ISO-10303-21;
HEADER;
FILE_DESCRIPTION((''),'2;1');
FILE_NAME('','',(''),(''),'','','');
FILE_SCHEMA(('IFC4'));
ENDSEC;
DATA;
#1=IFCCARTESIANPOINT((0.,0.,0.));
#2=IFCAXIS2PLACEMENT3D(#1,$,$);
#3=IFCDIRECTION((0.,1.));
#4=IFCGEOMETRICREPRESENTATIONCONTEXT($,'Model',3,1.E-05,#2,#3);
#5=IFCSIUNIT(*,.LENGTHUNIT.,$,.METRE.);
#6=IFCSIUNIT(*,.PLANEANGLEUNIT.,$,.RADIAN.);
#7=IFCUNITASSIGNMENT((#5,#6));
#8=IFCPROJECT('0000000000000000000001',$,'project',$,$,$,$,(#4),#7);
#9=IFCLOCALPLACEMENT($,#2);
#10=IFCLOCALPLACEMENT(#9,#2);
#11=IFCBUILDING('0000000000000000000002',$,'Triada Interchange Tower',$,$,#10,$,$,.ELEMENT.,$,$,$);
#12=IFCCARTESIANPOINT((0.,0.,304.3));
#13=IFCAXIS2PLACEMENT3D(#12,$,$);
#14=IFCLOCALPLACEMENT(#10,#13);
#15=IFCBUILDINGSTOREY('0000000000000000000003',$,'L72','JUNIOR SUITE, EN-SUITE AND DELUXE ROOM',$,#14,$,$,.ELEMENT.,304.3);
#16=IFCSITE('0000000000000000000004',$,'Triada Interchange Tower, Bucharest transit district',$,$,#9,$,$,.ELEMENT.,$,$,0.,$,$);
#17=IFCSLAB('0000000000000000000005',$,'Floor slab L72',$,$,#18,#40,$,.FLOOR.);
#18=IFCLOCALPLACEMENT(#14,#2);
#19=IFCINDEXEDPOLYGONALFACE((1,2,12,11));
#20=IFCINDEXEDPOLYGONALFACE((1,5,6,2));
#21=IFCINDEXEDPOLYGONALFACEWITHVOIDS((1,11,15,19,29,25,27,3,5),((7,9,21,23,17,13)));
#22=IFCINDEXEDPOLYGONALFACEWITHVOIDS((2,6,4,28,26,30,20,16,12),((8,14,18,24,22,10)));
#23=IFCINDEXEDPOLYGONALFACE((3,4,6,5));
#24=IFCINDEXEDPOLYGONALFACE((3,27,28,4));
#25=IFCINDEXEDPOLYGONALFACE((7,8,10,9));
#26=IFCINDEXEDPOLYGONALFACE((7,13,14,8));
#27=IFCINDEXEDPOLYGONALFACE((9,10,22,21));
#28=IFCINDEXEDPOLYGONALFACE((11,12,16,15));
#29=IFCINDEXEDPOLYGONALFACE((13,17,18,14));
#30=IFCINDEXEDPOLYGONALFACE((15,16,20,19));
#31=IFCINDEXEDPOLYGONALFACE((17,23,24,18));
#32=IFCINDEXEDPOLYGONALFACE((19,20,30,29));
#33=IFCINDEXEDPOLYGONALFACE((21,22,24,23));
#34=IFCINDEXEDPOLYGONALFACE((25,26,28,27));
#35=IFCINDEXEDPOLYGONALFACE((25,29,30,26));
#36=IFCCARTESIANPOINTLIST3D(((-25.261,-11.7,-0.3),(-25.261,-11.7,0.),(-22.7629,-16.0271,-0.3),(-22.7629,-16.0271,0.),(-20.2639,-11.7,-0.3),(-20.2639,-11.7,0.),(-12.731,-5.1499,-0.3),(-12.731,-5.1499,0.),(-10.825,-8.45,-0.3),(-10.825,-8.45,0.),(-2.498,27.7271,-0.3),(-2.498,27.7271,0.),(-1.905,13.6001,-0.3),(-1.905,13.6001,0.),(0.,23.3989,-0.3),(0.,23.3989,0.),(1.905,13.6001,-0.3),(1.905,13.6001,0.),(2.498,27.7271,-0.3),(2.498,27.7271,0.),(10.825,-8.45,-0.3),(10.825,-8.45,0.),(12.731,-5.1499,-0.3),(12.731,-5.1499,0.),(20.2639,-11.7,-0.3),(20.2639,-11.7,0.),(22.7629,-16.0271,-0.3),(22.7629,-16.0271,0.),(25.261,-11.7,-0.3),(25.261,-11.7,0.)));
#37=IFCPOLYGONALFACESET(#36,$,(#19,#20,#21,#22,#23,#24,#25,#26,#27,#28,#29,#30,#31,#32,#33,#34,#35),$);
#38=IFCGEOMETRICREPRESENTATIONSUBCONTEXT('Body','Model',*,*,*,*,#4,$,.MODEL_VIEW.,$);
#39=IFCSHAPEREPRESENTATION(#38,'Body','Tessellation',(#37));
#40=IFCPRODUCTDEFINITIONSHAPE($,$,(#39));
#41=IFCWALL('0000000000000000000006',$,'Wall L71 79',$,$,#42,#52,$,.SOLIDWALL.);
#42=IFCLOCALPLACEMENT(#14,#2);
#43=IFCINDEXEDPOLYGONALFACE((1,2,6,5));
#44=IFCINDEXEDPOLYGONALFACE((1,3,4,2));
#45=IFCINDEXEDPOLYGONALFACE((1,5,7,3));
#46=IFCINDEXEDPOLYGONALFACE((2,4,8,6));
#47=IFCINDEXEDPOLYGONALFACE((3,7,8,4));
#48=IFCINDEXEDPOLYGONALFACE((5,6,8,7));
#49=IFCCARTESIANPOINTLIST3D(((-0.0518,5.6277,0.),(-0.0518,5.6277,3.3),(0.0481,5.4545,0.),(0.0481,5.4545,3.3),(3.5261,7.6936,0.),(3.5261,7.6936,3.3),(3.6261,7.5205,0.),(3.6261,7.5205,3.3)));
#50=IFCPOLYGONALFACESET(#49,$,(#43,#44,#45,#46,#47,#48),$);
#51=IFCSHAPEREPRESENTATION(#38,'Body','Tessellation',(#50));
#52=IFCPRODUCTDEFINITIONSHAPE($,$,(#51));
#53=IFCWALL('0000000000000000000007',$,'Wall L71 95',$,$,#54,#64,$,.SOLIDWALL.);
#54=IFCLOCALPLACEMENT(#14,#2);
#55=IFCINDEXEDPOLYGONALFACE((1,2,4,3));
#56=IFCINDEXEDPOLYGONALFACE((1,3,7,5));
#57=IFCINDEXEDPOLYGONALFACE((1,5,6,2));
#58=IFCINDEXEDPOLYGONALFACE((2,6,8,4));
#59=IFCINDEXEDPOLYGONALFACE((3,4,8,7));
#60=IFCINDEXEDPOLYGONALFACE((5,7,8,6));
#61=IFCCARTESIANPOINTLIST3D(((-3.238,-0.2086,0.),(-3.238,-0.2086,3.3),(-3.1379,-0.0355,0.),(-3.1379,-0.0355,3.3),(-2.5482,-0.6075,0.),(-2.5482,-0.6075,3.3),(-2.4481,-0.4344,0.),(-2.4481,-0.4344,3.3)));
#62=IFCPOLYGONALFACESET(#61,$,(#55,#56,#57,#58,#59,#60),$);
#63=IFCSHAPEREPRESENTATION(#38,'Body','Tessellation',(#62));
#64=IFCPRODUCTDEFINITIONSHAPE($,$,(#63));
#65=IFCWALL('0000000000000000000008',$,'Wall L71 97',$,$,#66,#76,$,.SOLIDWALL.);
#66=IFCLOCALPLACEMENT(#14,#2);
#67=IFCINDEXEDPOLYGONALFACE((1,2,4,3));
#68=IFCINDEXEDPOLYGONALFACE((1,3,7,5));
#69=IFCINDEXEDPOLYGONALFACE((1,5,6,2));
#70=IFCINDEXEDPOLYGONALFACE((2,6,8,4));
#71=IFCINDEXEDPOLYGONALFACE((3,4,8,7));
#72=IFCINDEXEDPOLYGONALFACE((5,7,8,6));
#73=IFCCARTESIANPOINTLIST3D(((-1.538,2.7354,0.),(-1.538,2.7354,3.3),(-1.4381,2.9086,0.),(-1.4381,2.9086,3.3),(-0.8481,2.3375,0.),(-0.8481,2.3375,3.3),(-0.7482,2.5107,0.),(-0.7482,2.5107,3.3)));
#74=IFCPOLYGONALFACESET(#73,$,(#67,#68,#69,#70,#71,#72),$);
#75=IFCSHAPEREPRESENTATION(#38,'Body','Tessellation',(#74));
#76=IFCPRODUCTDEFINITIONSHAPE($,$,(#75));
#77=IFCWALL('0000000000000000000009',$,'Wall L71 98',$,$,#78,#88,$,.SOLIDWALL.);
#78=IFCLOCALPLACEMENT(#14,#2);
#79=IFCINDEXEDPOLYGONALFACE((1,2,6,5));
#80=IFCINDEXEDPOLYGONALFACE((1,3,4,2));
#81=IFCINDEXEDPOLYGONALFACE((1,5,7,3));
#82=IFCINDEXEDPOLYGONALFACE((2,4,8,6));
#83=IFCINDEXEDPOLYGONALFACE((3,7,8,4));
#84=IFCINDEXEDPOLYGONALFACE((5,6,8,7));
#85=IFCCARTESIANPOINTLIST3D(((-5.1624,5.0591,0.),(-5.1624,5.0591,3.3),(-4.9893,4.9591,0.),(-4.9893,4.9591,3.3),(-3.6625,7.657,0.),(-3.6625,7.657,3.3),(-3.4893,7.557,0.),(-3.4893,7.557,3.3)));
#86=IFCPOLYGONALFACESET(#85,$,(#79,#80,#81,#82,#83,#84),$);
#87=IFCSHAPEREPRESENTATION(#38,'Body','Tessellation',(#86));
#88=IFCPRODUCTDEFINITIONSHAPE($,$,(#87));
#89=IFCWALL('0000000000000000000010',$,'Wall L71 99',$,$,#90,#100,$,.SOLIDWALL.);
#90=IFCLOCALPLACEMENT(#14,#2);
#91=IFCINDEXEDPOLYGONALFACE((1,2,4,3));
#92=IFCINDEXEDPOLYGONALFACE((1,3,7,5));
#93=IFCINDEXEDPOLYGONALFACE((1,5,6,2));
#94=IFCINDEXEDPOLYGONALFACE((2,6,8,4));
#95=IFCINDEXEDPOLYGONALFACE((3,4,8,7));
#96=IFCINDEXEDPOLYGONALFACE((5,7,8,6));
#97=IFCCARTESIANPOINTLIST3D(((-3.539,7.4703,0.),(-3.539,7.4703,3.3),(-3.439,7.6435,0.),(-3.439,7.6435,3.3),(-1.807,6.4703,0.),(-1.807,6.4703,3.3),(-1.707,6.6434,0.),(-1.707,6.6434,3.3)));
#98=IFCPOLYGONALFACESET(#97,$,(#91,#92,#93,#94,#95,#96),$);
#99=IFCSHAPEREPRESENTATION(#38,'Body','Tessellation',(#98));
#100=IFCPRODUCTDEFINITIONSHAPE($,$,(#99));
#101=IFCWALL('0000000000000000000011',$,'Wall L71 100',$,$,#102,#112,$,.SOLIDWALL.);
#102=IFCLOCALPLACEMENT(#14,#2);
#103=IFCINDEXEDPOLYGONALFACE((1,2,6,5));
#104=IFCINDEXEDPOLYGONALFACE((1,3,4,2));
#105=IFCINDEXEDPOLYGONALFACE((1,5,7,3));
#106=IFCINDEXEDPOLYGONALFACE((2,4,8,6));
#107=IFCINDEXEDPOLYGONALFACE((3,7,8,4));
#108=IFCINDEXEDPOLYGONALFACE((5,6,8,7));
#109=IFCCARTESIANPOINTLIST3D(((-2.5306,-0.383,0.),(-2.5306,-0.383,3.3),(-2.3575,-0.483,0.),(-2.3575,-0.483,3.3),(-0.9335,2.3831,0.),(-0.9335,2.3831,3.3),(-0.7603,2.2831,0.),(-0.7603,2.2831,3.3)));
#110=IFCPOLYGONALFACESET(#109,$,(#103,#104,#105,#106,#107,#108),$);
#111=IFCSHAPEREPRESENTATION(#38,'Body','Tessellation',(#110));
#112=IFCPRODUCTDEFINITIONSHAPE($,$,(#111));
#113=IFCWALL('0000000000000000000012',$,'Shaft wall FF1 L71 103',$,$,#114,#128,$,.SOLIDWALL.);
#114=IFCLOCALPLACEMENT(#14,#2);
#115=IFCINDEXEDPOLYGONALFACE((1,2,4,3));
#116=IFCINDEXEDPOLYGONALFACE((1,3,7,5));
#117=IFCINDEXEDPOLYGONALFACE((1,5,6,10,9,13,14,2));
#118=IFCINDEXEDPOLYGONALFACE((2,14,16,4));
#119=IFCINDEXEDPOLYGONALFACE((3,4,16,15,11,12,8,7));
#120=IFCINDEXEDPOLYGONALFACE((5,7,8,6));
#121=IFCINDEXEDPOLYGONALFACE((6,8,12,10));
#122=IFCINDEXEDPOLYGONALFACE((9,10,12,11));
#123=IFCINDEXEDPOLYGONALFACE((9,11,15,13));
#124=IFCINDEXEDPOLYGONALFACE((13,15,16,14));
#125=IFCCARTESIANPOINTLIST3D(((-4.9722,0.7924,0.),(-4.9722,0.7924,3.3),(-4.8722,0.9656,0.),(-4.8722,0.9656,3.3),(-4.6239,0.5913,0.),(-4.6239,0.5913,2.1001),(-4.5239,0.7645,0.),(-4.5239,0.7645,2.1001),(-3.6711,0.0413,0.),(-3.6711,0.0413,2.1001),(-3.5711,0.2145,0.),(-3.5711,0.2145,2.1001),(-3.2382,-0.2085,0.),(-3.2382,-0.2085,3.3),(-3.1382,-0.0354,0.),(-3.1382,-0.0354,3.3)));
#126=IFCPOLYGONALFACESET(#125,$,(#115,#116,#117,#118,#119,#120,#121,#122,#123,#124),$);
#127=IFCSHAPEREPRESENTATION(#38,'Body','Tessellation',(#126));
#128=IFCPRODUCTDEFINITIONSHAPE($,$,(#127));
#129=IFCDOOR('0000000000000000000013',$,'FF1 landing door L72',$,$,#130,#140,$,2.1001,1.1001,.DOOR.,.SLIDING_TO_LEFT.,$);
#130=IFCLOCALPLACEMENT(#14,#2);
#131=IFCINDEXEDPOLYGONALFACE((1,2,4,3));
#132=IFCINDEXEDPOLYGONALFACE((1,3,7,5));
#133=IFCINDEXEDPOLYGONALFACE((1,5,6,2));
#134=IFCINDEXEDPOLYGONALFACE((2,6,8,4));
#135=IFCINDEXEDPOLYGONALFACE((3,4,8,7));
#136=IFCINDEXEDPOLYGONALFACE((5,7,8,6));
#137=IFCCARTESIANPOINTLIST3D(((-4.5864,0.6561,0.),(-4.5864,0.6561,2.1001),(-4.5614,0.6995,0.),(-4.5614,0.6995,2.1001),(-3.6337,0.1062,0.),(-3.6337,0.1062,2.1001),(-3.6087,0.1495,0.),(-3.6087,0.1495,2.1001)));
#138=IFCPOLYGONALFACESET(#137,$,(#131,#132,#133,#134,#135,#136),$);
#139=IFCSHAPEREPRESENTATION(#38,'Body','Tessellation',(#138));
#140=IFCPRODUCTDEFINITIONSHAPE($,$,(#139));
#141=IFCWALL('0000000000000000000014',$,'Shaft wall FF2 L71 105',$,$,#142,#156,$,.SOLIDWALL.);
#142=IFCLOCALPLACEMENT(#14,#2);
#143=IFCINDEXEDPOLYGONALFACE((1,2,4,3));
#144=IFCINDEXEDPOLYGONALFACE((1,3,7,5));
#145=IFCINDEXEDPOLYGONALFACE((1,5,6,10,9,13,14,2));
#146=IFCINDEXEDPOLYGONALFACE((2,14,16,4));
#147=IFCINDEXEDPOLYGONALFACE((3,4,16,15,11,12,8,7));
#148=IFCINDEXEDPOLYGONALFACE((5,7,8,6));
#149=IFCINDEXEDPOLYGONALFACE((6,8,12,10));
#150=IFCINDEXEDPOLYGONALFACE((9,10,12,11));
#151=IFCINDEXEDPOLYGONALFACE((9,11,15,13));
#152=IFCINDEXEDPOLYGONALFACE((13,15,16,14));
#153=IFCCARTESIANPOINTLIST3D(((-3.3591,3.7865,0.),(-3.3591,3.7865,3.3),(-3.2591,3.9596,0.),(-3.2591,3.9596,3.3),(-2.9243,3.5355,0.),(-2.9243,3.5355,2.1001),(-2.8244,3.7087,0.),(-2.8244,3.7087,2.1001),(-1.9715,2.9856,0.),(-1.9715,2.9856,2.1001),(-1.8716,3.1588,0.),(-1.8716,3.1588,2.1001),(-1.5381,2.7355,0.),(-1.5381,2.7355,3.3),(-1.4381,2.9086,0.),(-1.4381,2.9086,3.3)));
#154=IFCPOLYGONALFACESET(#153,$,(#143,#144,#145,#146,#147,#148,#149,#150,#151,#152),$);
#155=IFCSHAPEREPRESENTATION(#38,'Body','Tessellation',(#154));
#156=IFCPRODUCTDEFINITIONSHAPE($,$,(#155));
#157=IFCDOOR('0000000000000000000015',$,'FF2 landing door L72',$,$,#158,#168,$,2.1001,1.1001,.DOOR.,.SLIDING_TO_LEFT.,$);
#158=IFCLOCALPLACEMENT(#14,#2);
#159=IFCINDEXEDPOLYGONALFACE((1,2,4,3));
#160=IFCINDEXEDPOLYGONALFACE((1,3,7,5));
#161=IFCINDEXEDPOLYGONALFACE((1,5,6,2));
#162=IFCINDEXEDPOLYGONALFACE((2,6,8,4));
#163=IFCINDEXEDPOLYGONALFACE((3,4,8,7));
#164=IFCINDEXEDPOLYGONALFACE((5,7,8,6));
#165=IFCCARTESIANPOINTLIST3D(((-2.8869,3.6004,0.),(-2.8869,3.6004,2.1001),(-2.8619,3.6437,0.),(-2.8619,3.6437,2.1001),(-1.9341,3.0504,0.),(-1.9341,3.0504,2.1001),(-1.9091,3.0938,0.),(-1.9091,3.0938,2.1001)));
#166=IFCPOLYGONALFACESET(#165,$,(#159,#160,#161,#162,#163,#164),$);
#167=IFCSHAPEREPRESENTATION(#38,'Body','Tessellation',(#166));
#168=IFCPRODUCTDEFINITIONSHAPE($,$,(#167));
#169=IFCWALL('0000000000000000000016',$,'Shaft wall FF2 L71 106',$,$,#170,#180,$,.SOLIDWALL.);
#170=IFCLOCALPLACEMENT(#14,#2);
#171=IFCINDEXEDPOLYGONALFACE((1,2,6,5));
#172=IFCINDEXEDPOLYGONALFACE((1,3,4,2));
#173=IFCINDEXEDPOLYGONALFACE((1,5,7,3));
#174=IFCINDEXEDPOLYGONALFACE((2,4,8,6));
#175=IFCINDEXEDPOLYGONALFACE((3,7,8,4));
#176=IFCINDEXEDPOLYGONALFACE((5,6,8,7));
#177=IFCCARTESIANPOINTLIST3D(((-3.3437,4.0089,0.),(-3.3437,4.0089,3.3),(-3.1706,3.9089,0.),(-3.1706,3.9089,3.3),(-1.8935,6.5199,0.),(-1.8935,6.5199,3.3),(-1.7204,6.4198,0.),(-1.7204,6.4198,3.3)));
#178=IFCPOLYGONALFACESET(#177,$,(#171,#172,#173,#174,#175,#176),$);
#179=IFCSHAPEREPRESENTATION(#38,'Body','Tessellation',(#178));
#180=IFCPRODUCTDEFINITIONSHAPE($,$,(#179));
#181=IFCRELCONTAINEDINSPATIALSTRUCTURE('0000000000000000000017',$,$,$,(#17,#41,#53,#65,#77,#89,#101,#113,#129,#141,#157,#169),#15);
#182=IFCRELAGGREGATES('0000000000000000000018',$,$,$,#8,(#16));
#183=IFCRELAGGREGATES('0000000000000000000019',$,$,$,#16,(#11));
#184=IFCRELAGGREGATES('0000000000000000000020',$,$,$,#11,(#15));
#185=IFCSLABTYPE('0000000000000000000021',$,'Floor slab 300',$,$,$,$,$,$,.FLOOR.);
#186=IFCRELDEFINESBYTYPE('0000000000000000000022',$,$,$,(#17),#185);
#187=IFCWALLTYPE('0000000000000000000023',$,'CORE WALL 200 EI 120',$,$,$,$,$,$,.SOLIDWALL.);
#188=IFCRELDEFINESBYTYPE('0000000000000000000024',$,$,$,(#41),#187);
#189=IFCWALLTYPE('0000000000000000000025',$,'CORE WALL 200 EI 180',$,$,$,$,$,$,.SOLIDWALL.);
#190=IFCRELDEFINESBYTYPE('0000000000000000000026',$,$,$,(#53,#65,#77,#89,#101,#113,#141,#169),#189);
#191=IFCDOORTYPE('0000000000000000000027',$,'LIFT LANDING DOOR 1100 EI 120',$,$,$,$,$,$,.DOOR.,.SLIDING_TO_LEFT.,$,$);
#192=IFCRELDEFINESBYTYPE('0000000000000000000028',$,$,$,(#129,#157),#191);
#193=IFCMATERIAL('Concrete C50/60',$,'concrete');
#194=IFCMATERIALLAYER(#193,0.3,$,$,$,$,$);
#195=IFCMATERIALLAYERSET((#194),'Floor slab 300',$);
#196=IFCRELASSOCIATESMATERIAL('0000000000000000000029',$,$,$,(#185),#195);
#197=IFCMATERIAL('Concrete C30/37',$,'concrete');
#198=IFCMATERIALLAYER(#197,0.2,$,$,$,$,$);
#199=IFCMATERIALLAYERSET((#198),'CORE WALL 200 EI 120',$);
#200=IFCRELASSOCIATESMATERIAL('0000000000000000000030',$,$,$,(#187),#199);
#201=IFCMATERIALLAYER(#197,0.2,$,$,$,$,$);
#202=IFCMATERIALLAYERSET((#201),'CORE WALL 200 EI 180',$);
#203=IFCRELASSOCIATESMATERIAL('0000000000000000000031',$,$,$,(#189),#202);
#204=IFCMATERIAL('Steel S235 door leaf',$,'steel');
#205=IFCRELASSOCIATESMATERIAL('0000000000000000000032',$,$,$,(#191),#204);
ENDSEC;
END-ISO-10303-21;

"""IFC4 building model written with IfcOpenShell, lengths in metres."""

from ifc_helpers import new_model, si_unit, direction, frame, frame_2d, origin, place, context, subcontext, project, spatial, polyline, rectangle, outline, extrude, material, layer, layer_set, type_object, element, fill, save


model = new_model("IFC4")

# Units and contexts
model_context = context("Model", 3, precision=1e-05, world=origin(), true_north=direction((0.0, 1.0)))
body_context = subcontext(model_context, "Body", "Model", "MODEL_VIEW")
ifc_project = project(units=[si_unit("LENGTHUNIT", "METRE"), si_unit("PLANEANGLEUNIT", "RADIAN")], contexts=[model_context])

# Site, building, storey
site_placement = place(None, origin())
site = spatial("IfcSite", under=ifc_project, at=site_placement, Name="Triada Interchange Tower, Bucharest transit district", CompositionType="ELEMENT", RefElevation=0.0)
building_placement = place(site_placement, origin())
building = spatial("IfcBuilding", under=site, at=building_placement, Name="Triada Interchange Tower", CompositionType="ELEMENT")
storey_placement = place(building_placement, frame((0.0, 0.0, 304.3)))
storey = spatial("IfcBuildingStorey", under=building, at=storey_placement, Name="L72", Description="JUNIOR SUITE, EN-SUITE AND DELUXE ROOM", CompositionType="ELEMENT", Elevation=304.3)

# Slab
ifc_material_1 = material(Name="Concrete C50/60", Category="concrete")
ifc_layer_1 = layer(ifc_material_1, 0.3)
ifc_layer_set_1 = layer_set([ifc_layer_1], Name="Floor slab 300")
slab_type = type_object("IfcSlabType", Name="Floor slab 300", PredefinedType="FLOOR", material=ifc_layer_set_1)
slab_placement = place(storey_placement, frame((0.0, 0.0, -0.3)))
element("IfcSlab", 1, at=slab_placement, inside=storey, type_object=slab_type, Name="Floor slab L72", PredefinedType="FLOOR", context=body_context, shape_type="SweptSolid", body=[
    extrude(outline(polyline([(-2.498, 27.7271), (-25.261, -11.7), (-20.2639, -11.7), (-22.7629, -16.0271), (22.7629, -16.0271), (20.2639, -11.7), (25.261, -11.7), (2.498, 27.7271), (0.0, 23.3989), (-2.498, 27.7271)]), holes=[polyline([(1.905, 13.6001), (-1.905, 13.6001), (-12.731, -5.1499), (-10.825, -8.45), (10.825, -8.45), (12.731, -5.1499), (1.905, 13.6001)])]), origin(), (0.0, 0.0, 1.0), 0.3),
])

# Walls
ifc_material_2 = material(Name="Concrete C30/37", Category="concrete")
ifc_layer_2 = layer(ifc_material_2, 0.2)
ifc_layer_set_2 = layer_set([ifc_layer_2], Name="CORE WALL 200 EI 120")
wall_type_1 = type_object("IfcWallType", Name="CORE WALL 200 EI 120", PredefinedType="SOLIDWALL", material=ifc_layer_set_2)
wall_1_placement = place(storey_placement, frame((-0.002, 5.541, 0.0), z_axis=(0.0, 0.0, 1.0), x_axis=(0.866002, 0.500041, 0.0)))
element("IfcWall", 2, at=wall_1_placement, inside=storey, type_object=wall_type_1, Name="Wall L71 79", PredefinedType="SOLIDWALL", context=body_context, shape_type="SweptSolid", body=[
    extrude(rectangle(XDim=4.1316, YDim=0.2, at=frame_2d((2.0659, 0.0))), origin(), (0.0, 0.0, 1.0), 3.3),
])
ifc_layer_3 = layer(ifc_material_2, 0.2)
ifc_layer_set_3 = layer_set([ifc_layer_3], Name="CORE WALL 200 EI 180")
wall_type_2 = type_object("IfcWallType", Name="CORE WALL 200 EI 180", PredefinedType="SOLIDWALL", material=ifc_layer_set_3)
wall_2_placement = place(storey_placement, frame((-3.188, -0.1221, 0.0), z_axis=(0.0, 0.0, 1.0), x_axis=(0.865706, -0.500553, 0.0)))
element("IfcWall", 3, at=wall_2_placement, inside=storey, type_object=wall_type_2, Name="Wall L71 95", PredefinedType="SOLIDWALL", context=body_context, shape_type="SweptSolid", body=[
    extrude(rectangle(XDim=0.7969, YDim=0.2, at=frame_2d((0.3984, 0.0))), origin(), (0.0, 0.0, 1.0), 3.3),
])
wall_3_placement = place(storey_placement, frame((-1.488, 2.822, 0.0), z_axis=(0.0, 0.0, 1.0), x_axis=(0.866237, -0.499634, 0.0)))
element("IfcWall", 4, at=wall_3_placement, inside=storey, type_object=wall_type_2, Name="Wall L71 97", PredefinedType="SOLIDWALL", context=body_context, shape_type="SweptSolid", body=[
    extrude(rectangle(XDim=0.7964, YDim=0.2, at=frame_2d((0.3982, 0.0))), origin(), (0.0, 0.0, 1.0), 3.3),
])
wall_4_placement = place(storey_placement, frame((-5.0759, 5.009, 0.0), z_axis=(0.0, 0.0, 1.0), x_axis=(0.500025, 0.866011, 0.0)))
element("IfcWall", 5, at=wall_4_placement, inside=storey, type_object=wall_type_2, Name="Wall L71 98", PredefinedType="SOLIDWALL", context=body_context, shape_type="SweptSolid", body=[
    extrude(rectangle(XDim=2.9998, YDim=0.2, at=frame_2d((1.5, 0.0))), origin(), (0.0, 0.0, 1.0), 3.3),
])
wall_5_placement = place(storey_placement, frame((-3.489, 7.5569, 0.0), z_axis=(0.0, 0.0, 1.0), x_axis=(0.866011, -0.500025, 0.0)))
element("IfcWall", 6, at=wall_5_placement, inside=storey, type_object=wall_type_2, Name="Wall L71 99", PredefinedType="SOLIDWALL", context=body_context, shape_type="SweptSolid", body=[
    extrude(rectangle(XDim=2.0, YDim=0.2, at=frame_2d((1.0, 0.0))), origin(), (0.0, 0.0, 1.0), 3.3),
])
wall_6_placement = place(storey_placement, frame((-2.4441, -0.4331, 0.0), z_axis=(0.0, 0.0, 1.0), x_axis=(0.500036, 0.866005, 0.0)))
element("IfcWall", 7, at=wall_6_placement, inside=storey, type_object=wall_type_2, Name="Wall L71 100", PredefinedType="SOLIDWALL", context=body_context, shape_type="SweptSolid", body=[
    extrude(rectangle(XDim=3.1941, YDim=0.2, at=frame_2d((1.5972, 0.0))), origin(), (0.0, 0.0, 1.0), 3.3),
])

# Walls, openings, doors
wall_7_placement = place(storey_placement, frame((-4.9221, 0.8789, 0.0), z_axis=(0.0, 0.0, 1.0), x_axis=(0.866074, -0.499916, 0.0)))
wall_7 = element("IfcWall", 8, at=wall_7_placement, inside=storey, type_object=wall_type_2, Name="Shaft wall FF1 L71 103", PredefinedType="SOLIDWALL", context=body_context, shape_type="SweptSolid", body=[
    extrude(rectangle(XDim=2.0022, YDim=0.2, at=frame_2d((1.001, 0.0))), origin(), (0.0, 0.0, 1.0), 3.3),
])
opening_1_placement = place(wall_7_placement, frame((0.4021, 0.0, 0.0)))
opening_1 = element("IfcOpeningElement", 9, at=opening_1_placement, cuts=wall_7, PredefinedType="OPENING", context=body_context, shape_type="SweptSolid", body=[
    extrude(rectangle(XDim=1.1001, YDim=2.1001, at=frame_2d((0.55, 1.05))), frame((0.0, 0.1099, 0.0), z_axis=(0.0, -1.0, 0.0), x_axis=(1.0, 0.0, 0.0)), (0.0, 0.0, 1.0), 0.22),
])
ifc_material_3 = material(Name="Steel S235 door leaf", Category="steel")
door_type = type_object("IfcDoorType", Name="LIFT LANDING DOOR 1100 EI 120", OperationType="SLIDING_TO_LEFT", PredefinedType="DOOR", material=ifc_material_3)
door_1_placement = place(opening_1_placement, origin())
door_1 = element("IfcDoor", 10, at=door_1_placement, inside=storey, type_object=door_type, Name="FF1 landing door L72", OperationType="SLIDING_TO_LEFT", OverallHeight=2.1001, OverallWidth=1.1001, PredefinedType="DOOR", context=body_context, shape_type="SweptSolid", body=[
    extrude(rectangle(XDim=1.1001, YDim=2.1001, at=frame_2d((0.55, 1.05))), frame((0.0, 0.0249, 0.0), z_axis=(0.0, -1.0, 0.0), x_axis=(1.0, 0.0, 0.0)), (0.0, 0.0, 1.0), 0.05),
])
fill(opening_1, door_1)
wall_8_placement = place(storey_placement, frame((-3.3091, 3.873, 0.0), z_axis=(0.0, 0.0, 1.0), x_axis=(0.866099, -0.499873, 0.0)))
wall_8 = element("IfcWall", 11, at=wall_8_placement, inside=storey, type_object=wall_type_2, Name="Shaft wall FF2 L71 105", PredefinedType="SOLIDWALL", context=body_context, shape_type="SweptSolid", body=[
    extrude(rectangle(XDim=2.1025, YDim=0.2, at=frame_2d((1.0513, 0.0))), origin(), (0.0, 0.0, 1.0), 3.3),
])
opening_2_placement = place(wall_8_placement, frame((0.502, 0.0, 0.0)))
opening_2 = element("IfcOpeningElement", 12, at=opening_2_placement, cuts=wall_8, PredefinedType="OPENING", context=body_context, shape_type="SweptSolid", body=[
    extrude(rectangle(XDim=1.1001, YDim=2.1001, at=frame_2d((0.55, 1.05))), frame((0.0, 0.1099, 0.0), z_axis=(0.0, -1.0, 0.0), x_axis=(1.0, 0.0, 0.0)), (0.0, 0.0, 1.0), 0.22),
])
door_2_placement = place(opening_2_placement, origin())
door_2 = element("IfcDoor", 13, at=door_2_placement, inside=storey, type_object=door_type, Name="FF2 landing door L72", OperationType="SLIDING_TO_LEFT", OverallHeight=2.1001, OverallWidth=1.1001, PredefinedType="DOOR", context=body_context, shape_type="SweptSolid", body=[
    extrude(rectangle(XDim=1.1001, YDim=2.1001, at=frame_2d((0.55, 1.05))), frame((0.0, 0.0249, 0.0), z_axis=(0.0, -1.0, 0.0), x_axis=(1.0, 0.0, 0.0)), (0.0, 0.0, 1.0), 0.05),
])
fill(opening_2, door_2)

# Wall
wall_9_placement = place(storey_placement, frame((-3.2571, 3.959, 0.0), z_axis=(0.0, 0.0, 1.0), x_axis=(0.500123, 0.865954, 0.0)))
element("IfcWall", 14, at=wall_9_placement, inside=storey, type_object=wall_type_2, Name="Shaft wall FF2 L71 106", PredefinedType="SOLIDWALL", context=body_context, shape_type="SweptSolid", body=[
    extrude(rectangle(XDim=2.8997, YDim=0.2, at=frame_2d((1.4497, 0.0))), origin(), (0.0, 0.0, 1.0), 3.3),
])

save(model, "model.ifc")
